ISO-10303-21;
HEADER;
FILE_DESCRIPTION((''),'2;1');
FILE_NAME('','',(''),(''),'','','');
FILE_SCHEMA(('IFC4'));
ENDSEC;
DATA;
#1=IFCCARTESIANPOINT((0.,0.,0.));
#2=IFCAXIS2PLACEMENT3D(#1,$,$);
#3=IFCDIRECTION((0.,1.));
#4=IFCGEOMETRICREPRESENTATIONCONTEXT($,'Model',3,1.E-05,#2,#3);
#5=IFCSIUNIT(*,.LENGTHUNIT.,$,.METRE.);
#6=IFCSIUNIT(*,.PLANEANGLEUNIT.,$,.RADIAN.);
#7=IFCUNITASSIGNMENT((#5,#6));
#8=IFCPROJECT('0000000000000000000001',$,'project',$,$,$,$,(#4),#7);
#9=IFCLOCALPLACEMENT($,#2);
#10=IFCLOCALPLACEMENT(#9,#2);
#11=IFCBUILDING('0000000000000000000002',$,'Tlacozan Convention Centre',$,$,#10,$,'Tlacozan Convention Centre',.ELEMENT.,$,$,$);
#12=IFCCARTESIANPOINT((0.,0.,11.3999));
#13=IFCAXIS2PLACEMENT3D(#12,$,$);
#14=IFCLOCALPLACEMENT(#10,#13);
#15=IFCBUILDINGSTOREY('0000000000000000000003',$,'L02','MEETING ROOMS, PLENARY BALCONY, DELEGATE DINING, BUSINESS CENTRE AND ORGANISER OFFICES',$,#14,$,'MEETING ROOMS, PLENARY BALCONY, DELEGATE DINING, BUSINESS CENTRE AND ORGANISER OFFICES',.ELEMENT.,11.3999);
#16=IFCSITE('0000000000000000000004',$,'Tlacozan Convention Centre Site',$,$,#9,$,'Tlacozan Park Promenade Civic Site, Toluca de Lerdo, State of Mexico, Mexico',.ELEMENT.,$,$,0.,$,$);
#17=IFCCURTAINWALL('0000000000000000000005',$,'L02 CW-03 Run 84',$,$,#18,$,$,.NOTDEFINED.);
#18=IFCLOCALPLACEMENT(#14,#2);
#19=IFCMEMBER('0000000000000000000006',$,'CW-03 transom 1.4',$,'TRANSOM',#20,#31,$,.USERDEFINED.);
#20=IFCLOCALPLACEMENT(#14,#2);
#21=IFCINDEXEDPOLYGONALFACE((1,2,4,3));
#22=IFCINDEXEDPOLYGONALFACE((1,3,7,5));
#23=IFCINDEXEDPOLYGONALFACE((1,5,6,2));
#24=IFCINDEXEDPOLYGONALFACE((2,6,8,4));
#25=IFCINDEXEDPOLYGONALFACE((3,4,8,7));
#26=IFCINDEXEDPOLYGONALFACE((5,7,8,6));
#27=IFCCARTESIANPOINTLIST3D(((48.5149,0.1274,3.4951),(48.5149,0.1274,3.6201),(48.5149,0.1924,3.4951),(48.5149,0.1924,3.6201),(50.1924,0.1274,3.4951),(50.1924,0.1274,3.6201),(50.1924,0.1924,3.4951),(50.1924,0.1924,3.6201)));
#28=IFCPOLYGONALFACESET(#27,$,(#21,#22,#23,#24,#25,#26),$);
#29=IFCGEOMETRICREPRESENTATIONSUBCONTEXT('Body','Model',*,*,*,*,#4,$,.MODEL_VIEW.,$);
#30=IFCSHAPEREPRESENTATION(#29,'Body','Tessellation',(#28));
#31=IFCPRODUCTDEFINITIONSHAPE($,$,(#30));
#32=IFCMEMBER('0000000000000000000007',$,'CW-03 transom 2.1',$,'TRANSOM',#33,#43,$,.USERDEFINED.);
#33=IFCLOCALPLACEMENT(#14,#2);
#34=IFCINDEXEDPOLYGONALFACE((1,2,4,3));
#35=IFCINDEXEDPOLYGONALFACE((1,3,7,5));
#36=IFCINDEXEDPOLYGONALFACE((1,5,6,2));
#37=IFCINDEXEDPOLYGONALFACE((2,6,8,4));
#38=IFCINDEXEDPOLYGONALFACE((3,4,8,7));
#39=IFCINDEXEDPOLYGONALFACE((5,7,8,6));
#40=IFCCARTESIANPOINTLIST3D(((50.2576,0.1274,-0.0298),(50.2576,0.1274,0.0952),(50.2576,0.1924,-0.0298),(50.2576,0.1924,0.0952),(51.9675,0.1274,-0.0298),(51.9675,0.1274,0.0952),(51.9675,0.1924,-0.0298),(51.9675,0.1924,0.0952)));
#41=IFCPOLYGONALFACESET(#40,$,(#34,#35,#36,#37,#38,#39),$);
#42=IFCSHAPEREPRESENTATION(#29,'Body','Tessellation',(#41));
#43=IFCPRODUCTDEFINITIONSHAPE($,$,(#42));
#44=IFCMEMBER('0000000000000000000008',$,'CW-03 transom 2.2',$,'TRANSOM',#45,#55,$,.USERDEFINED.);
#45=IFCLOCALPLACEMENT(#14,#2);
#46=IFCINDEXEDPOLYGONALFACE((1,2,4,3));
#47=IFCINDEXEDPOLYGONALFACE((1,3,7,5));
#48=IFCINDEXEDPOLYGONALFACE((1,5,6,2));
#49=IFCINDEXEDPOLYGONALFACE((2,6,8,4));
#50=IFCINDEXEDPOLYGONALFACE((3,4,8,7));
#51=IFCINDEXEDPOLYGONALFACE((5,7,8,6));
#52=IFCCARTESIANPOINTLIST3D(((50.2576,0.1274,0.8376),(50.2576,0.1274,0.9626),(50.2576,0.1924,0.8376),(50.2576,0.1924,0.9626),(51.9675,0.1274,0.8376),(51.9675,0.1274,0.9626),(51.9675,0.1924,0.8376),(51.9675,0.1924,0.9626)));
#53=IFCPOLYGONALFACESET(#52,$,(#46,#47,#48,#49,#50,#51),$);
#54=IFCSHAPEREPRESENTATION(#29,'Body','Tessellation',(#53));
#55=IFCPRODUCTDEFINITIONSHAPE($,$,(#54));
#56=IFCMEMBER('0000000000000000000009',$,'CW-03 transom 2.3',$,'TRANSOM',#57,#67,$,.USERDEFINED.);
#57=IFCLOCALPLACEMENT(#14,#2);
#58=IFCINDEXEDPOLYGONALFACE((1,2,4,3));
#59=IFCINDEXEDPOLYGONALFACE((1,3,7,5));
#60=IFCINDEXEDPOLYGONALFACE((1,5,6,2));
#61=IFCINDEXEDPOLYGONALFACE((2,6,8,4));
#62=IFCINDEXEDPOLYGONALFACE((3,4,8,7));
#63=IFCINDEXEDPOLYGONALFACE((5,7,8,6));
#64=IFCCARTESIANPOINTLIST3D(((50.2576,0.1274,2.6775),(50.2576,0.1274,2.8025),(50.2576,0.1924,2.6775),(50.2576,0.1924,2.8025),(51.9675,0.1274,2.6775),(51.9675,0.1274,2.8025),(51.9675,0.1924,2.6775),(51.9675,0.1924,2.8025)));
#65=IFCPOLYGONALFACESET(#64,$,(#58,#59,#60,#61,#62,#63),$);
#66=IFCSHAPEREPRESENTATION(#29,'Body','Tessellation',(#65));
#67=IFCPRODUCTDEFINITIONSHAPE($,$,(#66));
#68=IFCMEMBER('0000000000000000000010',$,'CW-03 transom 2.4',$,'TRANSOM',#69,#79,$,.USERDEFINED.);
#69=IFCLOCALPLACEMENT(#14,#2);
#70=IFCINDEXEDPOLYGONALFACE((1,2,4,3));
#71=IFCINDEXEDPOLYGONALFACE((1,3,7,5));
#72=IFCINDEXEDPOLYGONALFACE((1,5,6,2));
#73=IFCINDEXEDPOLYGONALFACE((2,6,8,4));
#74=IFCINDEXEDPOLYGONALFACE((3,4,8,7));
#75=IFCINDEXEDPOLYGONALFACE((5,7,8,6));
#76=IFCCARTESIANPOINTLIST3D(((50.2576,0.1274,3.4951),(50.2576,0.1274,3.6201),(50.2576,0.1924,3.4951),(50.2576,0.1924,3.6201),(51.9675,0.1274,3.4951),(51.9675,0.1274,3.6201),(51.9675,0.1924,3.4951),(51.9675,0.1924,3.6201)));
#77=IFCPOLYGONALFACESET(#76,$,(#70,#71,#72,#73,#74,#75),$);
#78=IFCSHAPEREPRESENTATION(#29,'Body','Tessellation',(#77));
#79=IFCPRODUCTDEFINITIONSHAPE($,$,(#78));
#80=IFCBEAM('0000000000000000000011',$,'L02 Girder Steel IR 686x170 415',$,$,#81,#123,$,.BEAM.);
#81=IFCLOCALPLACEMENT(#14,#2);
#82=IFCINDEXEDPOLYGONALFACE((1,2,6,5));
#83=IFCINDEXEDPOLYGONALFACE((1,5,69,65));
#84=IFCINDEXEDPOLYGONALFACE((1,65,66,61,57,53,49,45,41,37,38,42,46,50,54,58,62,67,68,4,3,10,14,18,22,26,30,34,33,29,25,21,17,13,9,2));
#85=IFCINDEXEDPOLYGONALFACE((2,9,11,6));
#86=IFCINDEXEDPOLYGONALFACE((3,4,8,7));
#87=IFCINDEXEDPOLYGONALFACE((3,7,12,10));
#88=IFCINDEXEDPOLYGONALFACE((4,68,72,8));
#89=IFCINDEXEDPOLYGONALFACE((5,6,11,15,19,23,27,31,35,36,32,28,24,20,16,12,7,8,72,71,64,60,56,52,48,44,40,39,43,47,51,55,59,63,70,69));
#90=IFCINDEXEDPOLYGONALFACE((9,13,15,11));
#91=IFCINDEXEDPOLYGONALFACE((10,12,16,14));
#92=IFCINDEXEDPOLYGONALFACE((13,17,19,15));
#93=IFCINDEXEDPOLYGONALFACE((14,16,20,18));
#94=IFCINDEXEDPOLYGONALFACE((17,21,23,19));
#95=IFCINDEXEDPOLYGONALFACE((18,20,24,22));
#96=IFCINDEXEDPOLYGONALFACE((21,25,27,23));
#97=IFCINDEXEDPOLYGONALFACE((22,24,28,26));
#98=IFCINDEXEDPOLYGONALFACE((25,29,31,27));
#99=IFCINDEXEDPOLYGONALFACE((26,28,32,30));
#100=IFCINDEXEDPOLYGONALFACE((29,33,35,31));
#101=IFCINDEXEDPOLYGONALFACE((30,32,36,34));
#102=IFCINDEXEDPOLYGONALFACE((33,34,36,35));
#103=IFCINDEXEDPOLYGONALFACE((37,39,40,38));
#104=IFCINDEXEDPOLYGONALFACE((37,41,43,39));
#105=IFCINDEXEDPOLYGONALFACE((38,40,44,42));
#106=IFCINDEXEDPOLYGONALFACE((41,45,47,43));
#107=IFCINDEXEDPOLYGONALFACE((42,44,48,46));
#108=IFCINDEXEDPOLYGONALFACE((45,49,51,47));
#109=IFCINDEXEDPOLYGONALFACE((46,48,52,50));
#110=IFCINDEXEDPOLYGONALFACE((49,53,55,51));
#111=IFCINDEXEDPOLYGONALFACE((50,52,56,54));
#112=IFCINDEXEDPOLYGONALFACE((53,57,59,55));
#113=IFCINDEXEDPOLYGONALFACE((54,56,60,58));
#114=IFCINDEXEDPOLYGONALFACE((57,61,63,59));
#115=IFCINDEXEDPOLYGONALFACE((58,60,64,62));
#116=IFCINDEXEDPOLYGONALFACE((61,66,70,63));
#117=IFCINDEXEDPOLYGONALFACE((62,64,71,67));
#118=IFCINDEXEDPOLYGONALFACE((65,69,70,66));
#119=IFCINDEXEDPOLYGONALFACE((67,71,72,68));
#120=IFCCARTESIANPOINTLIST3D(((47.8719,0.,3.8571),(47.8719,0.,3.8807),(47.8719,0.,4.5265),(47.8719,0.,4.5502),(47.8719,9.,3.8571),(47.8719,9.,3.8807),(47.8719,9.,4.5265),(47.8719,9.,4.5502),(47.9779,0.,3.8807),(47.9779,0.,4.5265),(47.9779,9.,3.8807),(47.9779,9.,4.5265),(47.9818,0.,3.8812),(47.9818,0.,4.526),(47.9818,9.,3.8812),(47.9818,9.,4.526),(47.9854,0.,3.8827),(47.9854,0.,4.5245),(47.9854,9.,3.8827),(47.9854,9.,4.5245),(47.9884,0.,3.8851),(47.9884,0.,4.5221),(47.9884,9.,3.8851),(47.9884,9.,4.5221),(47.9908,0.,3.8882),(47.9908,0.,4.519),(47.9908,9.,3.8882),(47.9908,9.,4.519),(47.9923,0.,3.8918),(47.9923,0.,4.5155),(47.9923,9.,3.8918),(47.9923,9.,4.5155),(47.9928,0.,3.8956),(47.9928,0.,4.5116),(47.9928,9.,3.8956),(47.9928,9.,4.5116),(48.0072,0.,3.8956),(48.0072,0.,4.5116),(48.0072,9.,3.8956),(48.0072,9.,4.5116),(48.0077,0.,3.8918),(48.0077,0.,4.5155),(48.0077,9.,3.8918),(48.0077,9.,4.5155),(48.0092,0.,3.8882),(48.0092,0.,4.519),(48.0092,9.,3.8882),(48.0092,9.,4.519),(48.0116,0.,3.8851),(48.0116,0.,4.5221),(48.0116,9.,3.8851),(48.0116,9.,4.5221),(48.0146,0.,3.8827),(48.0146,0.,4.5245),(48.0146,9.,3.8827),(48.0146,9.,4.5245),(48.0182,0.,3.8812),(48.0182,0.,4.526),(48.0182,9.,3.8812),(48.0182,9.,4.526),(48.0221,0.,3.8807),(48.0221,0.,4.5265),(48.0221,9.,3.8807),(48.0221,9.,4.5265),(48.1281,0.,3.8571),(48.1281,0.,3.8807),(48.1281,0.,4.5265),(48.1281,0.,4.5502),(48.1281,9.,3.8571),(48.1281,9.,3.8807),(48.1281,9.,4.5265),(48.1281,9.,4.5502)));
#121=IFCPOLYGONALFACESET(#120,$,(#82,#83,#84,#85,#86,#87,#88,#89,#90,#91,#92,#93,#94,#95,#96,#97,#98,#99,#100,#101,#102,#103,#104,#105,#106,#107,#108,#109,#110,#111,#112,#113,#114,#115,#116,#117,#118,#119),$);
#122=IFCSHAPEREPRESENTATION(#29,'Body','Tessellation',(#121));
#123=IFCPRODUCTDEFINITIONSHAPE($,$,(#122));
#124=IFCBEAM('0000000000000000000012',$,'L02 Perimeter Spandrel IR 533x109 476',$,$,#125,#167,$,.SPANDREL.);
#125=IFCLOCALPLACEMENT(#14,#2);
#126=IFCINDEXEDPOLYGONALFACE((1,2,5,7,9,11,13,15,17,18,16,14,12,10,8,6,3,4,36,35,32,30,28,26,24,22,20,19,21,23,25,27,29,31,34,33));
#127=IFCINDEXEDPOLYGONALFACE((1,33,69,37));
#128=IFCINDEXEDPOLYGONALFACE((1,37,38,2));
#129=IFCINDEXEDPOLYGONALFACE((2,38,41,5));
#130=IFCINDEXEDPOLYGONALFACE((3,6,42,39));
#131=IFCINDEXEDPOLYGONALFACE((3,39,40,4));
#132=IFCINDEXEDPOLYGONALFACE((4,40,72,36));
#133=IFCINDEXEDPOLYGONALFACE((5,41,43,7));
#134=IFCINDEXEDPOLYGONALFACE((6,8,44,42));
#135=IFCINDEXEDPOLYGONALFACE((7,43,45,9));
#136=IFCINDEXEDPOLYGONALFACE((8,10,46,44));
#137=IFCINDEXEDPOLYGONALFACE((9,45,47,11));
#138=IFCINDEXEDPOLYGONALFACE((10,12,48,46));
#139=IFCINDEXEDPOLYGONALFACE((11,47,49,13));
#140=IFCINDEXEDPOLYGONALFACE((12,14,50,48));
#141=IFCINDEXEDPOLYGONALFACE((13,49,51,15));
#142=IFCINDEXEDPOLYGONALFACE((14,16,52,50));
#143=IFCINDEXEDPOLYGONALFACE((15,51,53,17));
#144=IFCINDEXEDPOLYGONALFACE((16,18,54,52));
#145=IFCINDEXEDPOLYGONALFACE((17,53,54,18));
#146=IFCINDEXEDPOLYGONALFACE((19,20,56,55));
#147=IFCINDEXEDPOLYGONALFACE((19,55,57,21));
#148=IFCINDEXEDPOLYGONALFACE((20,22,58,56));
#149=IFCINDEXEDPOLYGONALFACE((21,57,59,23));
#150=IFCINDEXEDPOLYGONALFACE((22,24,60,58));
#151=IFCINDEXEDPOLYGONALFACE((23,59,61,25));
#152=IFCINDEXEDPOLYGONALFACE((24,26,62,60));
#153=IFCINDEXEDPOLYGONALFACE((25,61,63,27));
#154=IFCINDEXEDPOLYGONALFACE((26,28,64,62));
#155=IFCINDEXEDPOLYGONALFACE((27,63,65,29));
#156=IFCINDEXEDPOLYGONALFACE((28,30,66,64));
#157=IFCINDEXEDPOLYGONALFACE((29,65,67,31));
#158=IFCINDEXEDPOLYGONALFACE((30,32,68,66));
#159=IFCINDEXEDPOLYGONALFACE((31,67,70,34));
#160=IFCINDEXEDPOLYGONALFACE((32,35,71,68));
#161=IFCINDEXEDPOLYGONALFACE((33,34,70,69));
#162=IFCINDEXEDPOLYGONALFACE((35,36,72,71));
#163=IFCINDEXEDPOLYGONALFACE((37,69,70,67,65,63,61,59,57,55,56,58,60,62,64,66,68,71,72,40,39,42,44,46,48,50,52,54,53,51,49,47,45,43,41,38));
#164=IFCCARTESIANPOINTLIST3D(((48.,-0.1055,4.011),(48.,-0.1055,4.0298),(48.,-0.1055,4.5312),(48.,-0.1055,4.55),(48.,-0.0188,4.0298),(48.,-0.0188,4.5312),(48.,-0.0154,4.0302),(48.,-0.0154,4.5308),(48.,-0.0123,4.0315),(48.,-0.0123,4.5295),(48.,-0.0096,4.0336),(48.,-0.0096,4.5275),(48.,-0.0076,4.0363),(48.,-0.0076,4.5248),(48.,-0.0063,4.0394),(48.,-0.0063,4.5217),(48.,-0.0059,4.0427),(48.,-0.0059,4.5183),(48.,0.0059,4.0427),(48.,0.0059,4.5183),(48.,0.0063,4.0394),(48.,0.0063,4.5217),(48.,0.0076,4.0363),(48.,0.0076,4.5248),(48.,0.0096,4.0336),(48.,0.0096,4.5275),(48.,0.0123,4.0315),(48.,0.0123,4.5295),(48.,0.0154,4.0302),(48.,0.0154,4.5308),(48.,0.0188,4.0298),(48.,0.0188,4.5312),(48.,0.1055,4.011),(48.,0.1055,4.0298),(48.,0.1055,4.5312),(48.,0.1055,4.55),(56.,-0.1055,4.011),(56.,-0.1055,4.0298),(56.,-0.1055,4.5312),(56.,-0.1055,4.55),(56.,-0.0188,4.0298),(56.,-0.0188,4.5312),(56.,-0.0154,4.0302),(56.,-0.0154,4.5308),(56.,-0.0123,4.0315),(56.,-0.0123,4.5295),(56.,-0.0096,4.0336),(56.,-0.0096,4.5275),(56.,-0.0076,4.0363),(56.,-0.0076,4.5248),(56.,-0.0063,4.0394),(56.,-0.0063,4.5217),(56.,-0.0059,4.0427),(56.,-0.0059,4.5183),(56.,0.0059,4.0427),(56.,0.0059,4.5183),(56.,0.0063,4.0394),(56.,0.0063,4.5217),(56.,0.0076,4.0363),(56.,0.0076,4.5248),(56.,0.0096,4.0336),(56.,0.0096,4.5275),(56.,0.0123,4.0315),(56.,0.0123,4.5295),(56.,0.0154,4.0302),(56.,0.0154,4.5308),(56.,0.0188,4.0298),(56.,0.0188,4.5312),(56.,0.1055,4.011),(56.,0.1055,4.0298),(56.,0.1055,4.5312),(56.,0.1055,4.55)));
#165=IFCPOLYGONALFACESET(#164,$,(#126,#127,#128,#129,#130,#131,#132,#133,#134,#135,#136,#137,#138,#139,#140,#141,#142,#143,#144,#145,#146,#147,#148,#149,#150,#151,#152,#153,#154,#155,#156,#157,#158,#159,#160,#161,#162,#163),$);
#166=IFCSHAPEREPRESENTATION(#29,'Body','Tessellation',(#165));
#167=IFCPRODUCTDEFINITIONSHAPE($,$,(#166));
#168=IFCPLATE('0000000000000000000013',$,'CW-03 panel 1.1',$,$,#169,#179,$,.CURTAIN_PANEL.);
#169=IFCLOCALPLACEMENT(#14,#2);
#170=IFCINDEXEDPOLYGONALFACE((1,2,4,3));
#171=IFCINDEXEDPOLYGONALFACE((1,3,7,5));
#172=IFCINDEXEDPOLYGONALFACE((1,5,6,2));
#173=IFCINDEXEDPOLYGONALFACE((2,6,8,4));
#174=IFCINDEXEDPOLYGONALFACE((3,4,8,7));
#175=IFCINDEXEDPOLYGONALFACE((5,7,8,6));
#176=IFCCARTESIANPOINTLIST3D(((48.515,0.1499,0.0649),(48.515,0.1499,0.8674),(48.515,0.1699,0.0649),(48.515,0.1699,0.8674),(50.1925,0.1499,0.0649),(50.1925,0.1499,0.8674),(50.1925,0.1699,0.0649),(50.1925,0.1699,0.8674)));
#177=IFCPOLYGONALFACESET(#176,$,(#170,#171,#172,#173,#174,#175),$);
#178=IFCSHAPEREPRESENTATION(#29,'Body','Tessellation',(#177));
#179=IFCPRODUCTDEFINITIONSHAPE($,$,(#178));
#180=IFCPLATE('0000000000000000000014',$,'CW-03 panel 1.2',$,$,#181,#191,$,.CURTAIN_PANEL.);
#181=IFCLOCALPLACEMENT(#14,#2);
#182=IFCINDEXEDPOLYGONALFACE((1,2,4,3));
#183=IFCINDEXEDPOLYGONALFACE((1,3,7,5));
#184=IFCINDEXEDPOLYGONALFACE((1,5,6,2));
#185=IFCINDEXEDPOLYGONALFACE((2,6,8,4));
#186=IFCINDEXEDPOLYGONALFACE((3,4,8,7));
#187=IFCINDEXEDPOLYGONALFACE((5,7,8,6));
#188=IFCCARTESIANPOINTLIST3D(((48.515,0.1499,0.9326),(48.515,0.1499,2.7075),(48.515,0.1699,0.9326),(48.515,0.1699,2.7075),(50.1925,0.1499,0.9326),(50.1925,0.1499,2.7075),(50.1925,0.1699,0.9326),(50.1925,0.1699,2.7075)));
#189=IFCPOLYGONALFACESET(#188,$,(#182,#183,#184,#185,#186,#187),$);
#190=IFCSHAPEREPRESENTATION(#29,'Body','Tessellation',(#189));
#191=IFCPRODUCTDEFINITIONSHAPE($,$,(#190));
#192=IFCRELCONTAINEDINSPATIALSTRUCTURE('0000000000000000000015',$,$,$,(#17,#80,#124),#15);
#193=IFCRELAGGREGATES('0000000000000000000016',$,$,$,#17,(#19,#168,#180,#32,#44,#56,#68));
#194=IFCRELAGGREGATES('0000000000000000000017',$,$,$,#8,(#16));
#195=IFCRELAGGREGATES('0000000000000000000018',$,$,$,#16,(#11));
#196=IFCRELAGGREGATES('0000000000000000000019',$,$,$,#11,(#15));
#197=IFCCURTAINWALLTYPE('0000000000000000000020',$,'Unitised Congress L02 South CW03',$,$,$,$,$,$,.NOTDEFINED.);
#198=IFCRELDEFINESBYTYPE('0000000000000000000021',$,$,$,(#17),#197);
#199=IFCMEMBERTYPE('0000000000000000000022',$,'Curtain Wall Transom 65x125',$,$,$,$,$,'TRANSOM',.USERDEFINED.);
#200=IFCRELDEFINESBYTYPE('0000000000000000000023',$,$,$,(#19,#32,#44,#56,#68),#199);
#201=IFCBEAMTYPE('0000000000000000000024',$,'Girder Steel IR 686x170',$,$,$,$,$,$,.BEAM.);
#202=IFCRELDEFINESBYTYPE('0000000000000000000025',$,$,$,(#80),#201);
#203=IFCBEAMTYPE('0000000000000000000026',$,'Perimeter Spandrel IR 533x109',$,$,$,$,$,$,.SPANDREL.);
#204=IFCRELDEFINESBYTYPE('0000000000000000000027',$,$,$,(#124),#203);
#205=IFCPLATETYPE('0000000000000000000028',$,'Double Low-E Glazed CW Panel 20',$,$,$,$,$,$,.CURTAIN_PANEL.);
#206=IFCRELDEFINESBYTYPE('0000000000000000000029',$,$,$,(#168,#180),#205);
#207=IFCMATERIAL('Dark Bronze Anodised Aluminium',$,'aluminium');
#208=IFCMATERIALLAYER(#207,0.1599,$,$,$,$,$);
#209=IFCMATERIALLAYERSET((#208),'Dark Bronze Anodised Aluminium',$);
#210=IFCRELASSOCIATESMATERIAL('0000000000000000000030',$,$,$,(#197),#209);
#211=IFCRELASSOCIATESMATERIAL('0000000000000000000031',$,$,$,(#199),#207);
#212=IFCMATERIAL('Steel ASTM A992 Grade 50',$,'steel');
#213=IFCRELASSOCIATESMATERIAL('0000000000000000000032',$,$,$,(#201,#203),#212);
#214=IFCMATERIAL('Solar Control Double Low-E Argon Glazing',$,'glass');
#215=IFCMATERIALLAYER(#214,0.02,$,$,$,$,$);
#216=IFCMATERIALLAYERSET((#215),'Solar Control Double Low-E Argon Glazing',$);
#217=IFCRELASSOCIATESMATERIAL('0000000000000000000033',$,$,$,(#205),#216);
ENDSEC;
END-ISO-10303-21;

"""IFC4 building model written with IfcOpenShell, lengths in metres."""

from ifc_helpers import new_model, si_unit, direction, frame, origin, origin_2d, place, context, subcontext, project, spatial, rectangle, i_section, extrude, material, layer, layer_set, material_profile, profile_set, type_object, element, aggregate, save


model = new_model("IFC4")

# Units and contexts
model_context = context("Model", 3, precision=1e-05, world=origin(), true_north=direction((0.0, 1.0)))
body_context = subcontext(model_context, "Body", "Model", "MODEL_VIEW")
ifc_project = project(units=[si_unit("LENGTHUNIT", "METRE"), si_unit("PLANEANGLEUNIT", "RADIAN")], contexts=[model_context])

# Site, building, storey
site_placement = place(None, origin())
site = spatial("IfcSite", under=ifc_project, at=site_placement, Name="Tlacozan Convention Centre Site", LongName="Tlacozan Park Promenade Civic Site, Toluca de Lerdo, State of Mexico, Mexico", CompositionType="ELEMENT", RefElevation=0.0)
building_placement = place(site_placement, origin())
building = spatial("IfcBuilding", under=site, at=building_placement, Name="Tlacozan Convention Centre", LongName="Tlacozan Convention Centre", CompositionType="ELEMENT")
storey_placement = place(building_placement, frame((0.0, 0.0, 11.3999)))
storey = spatial("IfcBuildingStorey", under=building, at=storey_placement, Name="L02", Description="MEETING ROOMS, PLENARY BALCONY, DELEGATE DINING, BUSINESS CENTRE AND ORGANISER OFFICES", LongName="MEETING ROOMS, PLENARY BALCONY, DELEGATE DINING, BUSINESS CENTRE AND ORGANISER OFFICES", CompositionType="ELEMENT", Elevation=11.3999)

# Curtain wall
ifc_material_1 = material(Name="Dark Bronze Anodised Aluminium", Category="aluminium")
ifc_layer_1 = layer(ifc_material_1, 0.1599)
ifc_layer_set_1 = layer_set([ifc_layer_1], Name="Dark Bronze Anodised Aluminium")
curtain_wall_type = type_object("IfcCurtainWallType", Name="Unitised Congress L02 South CW03", PredefinedType="NOTDEFINED", material=ifc_layer_set_1)
curtain_wall_1_placement = place(storey_placement, origin())
curtain_wall_1 = element("IfcCurtainWall", 1, at=curtain_wall_1_placement, inside=storey, type_object=curtain_wall_type, Name="L02 CW-03 Run 84", PredefinedType="NOTDEFINED")

# Members
ifc_material_profile_1 = material_profile(ifc_material_1, rectangle(XDim=0.0649, YDim=0.125, at=origin_2d()), Name="ALU 65x125")
ifc_profile_set_1 = profile_set([ifc_material_profile_1], Name="Dark Bronze Anodised Aluminium")
member_type_1 = type_object("IfcMemberType", Name="Curtain Wall Transom 65x125", ElementType="TRANSOM", PredefinedType="USERDEFINED", material=ifc_profile_set_1)
member_1_placement = place(storey_placement, frame((48.5149, 0.1599, 3.5576), z_axis=(1.0, 0.0, 0.0), x_axis=(0.0, 1.0, 0.0)))
member_1 = element("IfcMember", 2, at=member_1_placement, type_object=member_type_1, Name="CW-03 transom 1.4", ObjectType="TRANSOM", PredefinedType="USERDEFINED", context=body_context, shape_type="SweptSolid", body=[
    extrude(rectangle(XDim=0.0649, YDim=0.125, at=origin_2d()), origin(), (0.0, 0.0, 1.0), 1.6775),
])
member_2_placement = place(storey_placement, frame((50.2576, 0.1599, 0.0327), z_axis=(1.0, 0.0, 0.0), x_axis=(0.0, 1.0, 0.0)))
member_2 = element("IfcMember", 3, at=member_2_placement, type_object=member_type_1, Name="CW-03 transom 2.1", ObjectType="TRANSOM", PredefinedType="USERDEFINED", context=body_context, shape_type="SweptSolid", body=[
    extrude(rectangle(XDim=0.0649, YDim=0.125, at=origin_2d()), origin(), (0.0, 0.0, 1.0), 1.71),
])
member_3_placement = place(storey_placement, frame((50.2576, 0.1599, 0.9001), z_axis=(1.0, 0.0, 0.0), x_axis=(0.0, 1.0, 0.0)))
member_3 = element("IfcMember", 4, at=member_3_placement, type_object=member_type_1, Name="CW-03 transom 2.2", ObjectType="TRANSOM", PredefinedType="USERDEFINED", context=body_context, shape_type="SweptSolid", body=[
    extrude(rectangle(XDim=0.0649, YDim=0.125, at=origin_2d()), origin(), (0.0, 0.0, 1.0), 1.71),
])
member_4_placement = place(storey_placement, frame((50.2576, 0.1599, 2.74), z_axis=(1.0, 0.0, 0.0), x_axis=(0.0, 1.0, 0.0)))
member_4 = element("IfcMember", 5, at=member_4_placement, type_object=member_type_1, Name="CW-03 transom 2.3", ObjectType="TRANSOM", PredefinedType="USERDEFINED", context=body_context, shape_type="SweptSolid", body=[
    extrude(rectangle(XDim=0.0649, YDim=0.125, at=origin_2d()), origin(), (0.0, 0.0, 1.0), 1.71),
])
member_5_placement = place(storey_placement, frame((50.2576, 0.1599, 3.5576), z_axis=(1.0, 0.0, 0.0), x_axis=(0.0, 1.0, 0.0)))
member_5 = element("IfcMember", 6, at=member_5_placement, type_object=member_type_1, Name="CW-03 transom 2.4", ObjectType="TRANSOM", PredefinedType="USERDEFINED", context=body_context, shape_type="SweptSolid", body=[
    extrude(rectangle(XDim=0.0649, YDim=0.125, at=origin_2d()), origin(), (0.0, 0.0, 1.0), 1.71),
])

# Beams
ifc_material_2 = material(Name="Steel ASTM A992 Grade 50", Category="steel")
ifc_material_profile_2 = material_profile(ifc_material_2, i_section(OverallWidth=0.2561, OverallDepth=0.6931, WebThickness=0.0144, FlangeThickness=0.0237, FilletRadius=0.0149, at=origin_2d()), Name="IR 686x170.0")
ifc_profile_set_2 = profile_set([ifc_material_profile_2], Name="Steel ASTM A992 Grade 50")
beam_type_1 = type_object("IfcBeamType", Name="Girder Steel IR 686x170", PredefinedType="BEAM", material=ifc_profile_set_2)
beam_1_placement = place(storey_placement, frame((48.0, 0.0, 4.2036), z_axis=(0.0, 1.0, 0.0), x_axis=(-1.0, 0.0, 0.0)))
element("IfcBeam", 7, at=beam_1_placement, inside=storey, type_object=beam_type_1, Name="L02 Girder Steel IR 686x170 415", PredefinedType="BEAM", context=body_context, shape_type="SweptSolid", body=[
    extrude(i_section(OverallWidth=0.2561, OverallDepth=0.6931, WebThickness=0.0144, FlangeThickness=0.0237, FilletRadius=0.0149, at=origin_2d()), origin(), (0.0, 0.0, 1.0), 9.0),
])
ifc_material_profile_3 = material_profile(ifc_material_2, i_section(OverallWidth=0.2109, OverallDepth=0.5391, WebThickness=0.0117, FlangeThickness=0.0188, FilletRadius=0.0129, at=origin_2d()), Name="IR 533x109.0")
ifc_profile_set_3 = profile_set([ifc_material_profile_3], Name="Steel ASTM A992 Grade 50")
beam_type_2 = type_object("IfcBeamType", Name="Perimeter Spandrel IR 533x109", PredefinedType="SPANDREL", material=ifc_profile_set_3)
beam_2_placement = place(storey_placement, frame((48.0, 0.0, 4.2805), z_axis=(1.0, 0.0, 0.0), x_axis=(0.0, 1.0, 0.0)))
element("IfcBeam", 8, at=beam_2_placement, inside=storey, type_object=beam_type_2, Name="L02 Perimeter Spandrel IR 533x109 476", PredefinedType="SPANDREL", context=body_context, shape_type="SweptSolid", body=[
    extrude(i_section(OverallWidth=0.2109, OverallDepth=0.5391, WebThickness=0.0117, FlangeThickness=0.0188, FilletRadius=0.0129, at=origin_2d()), origin(), (0.0, 0.0, 1.0), 8.0),
])

# Plates
ifc_material_3 = material(Name="Solar Control Double Low-E Argon Glazing", Category="glass")
ifc_layer_2 = layer(ifc_material_3, 0.02)
ifc_layer_set_2 = layer_set([ifc_layer_2], Name="Solar Control Double Low-E Argon Glazing")
plate_type_1 = type_object("IfcPlateType", Name="Double Low-E Glazed CW Panel 20", PredefinedType="CURTAIN_PANEL", material=ifc_layer_set_2)
plate_1_placement = place(storey_placement, frame((49.3538, 0.1599, 0.0649), z_axis=(0.0, 0.0, 1.0), x_axis=(1.0, 0.0, 0.0)))
plate_1 = element("IfcPlate", 9, at=plate_1_placement, type_object=plate_type_1, Name="CW-03 panel 1.1", PredefinedType="CURTAIN_PANEL", context=body_context, shape_type="SweptSolid", body=[
    extrude(rectangle(XDim=1.6775, YDim=0.02, at=origin_2d()), origin(), (0.0, 0.0, 1.0), 0.8025),
])
plate_2_placement = place(storey_placement, frame((49.3538, 0.1599, 0.9326), z_axis=(0.0, 0.0, 1.0), x_axis=(1.0, 0.0, 0.0)))
plate_2 = element("IfcPlate", 10, at=plate_2_placement, type_object=plate_type_1, Name="CW-03 panel 1.2", PredefinedType="CURTAIN_PANEL", context=body_context, shape_type="SweptSolid", body=[
    extrude(rectangle(XDim=1.6775, YDim=0.02, at=origin_2d()), origin(), (0.0, 0.0, 1.0), 1.7749),
])
aggregate(curtain_wall_1, [member_1, plate_1, plate_2, member_2, member_3, member_4, member_5])

save(model, "model.ifc")
